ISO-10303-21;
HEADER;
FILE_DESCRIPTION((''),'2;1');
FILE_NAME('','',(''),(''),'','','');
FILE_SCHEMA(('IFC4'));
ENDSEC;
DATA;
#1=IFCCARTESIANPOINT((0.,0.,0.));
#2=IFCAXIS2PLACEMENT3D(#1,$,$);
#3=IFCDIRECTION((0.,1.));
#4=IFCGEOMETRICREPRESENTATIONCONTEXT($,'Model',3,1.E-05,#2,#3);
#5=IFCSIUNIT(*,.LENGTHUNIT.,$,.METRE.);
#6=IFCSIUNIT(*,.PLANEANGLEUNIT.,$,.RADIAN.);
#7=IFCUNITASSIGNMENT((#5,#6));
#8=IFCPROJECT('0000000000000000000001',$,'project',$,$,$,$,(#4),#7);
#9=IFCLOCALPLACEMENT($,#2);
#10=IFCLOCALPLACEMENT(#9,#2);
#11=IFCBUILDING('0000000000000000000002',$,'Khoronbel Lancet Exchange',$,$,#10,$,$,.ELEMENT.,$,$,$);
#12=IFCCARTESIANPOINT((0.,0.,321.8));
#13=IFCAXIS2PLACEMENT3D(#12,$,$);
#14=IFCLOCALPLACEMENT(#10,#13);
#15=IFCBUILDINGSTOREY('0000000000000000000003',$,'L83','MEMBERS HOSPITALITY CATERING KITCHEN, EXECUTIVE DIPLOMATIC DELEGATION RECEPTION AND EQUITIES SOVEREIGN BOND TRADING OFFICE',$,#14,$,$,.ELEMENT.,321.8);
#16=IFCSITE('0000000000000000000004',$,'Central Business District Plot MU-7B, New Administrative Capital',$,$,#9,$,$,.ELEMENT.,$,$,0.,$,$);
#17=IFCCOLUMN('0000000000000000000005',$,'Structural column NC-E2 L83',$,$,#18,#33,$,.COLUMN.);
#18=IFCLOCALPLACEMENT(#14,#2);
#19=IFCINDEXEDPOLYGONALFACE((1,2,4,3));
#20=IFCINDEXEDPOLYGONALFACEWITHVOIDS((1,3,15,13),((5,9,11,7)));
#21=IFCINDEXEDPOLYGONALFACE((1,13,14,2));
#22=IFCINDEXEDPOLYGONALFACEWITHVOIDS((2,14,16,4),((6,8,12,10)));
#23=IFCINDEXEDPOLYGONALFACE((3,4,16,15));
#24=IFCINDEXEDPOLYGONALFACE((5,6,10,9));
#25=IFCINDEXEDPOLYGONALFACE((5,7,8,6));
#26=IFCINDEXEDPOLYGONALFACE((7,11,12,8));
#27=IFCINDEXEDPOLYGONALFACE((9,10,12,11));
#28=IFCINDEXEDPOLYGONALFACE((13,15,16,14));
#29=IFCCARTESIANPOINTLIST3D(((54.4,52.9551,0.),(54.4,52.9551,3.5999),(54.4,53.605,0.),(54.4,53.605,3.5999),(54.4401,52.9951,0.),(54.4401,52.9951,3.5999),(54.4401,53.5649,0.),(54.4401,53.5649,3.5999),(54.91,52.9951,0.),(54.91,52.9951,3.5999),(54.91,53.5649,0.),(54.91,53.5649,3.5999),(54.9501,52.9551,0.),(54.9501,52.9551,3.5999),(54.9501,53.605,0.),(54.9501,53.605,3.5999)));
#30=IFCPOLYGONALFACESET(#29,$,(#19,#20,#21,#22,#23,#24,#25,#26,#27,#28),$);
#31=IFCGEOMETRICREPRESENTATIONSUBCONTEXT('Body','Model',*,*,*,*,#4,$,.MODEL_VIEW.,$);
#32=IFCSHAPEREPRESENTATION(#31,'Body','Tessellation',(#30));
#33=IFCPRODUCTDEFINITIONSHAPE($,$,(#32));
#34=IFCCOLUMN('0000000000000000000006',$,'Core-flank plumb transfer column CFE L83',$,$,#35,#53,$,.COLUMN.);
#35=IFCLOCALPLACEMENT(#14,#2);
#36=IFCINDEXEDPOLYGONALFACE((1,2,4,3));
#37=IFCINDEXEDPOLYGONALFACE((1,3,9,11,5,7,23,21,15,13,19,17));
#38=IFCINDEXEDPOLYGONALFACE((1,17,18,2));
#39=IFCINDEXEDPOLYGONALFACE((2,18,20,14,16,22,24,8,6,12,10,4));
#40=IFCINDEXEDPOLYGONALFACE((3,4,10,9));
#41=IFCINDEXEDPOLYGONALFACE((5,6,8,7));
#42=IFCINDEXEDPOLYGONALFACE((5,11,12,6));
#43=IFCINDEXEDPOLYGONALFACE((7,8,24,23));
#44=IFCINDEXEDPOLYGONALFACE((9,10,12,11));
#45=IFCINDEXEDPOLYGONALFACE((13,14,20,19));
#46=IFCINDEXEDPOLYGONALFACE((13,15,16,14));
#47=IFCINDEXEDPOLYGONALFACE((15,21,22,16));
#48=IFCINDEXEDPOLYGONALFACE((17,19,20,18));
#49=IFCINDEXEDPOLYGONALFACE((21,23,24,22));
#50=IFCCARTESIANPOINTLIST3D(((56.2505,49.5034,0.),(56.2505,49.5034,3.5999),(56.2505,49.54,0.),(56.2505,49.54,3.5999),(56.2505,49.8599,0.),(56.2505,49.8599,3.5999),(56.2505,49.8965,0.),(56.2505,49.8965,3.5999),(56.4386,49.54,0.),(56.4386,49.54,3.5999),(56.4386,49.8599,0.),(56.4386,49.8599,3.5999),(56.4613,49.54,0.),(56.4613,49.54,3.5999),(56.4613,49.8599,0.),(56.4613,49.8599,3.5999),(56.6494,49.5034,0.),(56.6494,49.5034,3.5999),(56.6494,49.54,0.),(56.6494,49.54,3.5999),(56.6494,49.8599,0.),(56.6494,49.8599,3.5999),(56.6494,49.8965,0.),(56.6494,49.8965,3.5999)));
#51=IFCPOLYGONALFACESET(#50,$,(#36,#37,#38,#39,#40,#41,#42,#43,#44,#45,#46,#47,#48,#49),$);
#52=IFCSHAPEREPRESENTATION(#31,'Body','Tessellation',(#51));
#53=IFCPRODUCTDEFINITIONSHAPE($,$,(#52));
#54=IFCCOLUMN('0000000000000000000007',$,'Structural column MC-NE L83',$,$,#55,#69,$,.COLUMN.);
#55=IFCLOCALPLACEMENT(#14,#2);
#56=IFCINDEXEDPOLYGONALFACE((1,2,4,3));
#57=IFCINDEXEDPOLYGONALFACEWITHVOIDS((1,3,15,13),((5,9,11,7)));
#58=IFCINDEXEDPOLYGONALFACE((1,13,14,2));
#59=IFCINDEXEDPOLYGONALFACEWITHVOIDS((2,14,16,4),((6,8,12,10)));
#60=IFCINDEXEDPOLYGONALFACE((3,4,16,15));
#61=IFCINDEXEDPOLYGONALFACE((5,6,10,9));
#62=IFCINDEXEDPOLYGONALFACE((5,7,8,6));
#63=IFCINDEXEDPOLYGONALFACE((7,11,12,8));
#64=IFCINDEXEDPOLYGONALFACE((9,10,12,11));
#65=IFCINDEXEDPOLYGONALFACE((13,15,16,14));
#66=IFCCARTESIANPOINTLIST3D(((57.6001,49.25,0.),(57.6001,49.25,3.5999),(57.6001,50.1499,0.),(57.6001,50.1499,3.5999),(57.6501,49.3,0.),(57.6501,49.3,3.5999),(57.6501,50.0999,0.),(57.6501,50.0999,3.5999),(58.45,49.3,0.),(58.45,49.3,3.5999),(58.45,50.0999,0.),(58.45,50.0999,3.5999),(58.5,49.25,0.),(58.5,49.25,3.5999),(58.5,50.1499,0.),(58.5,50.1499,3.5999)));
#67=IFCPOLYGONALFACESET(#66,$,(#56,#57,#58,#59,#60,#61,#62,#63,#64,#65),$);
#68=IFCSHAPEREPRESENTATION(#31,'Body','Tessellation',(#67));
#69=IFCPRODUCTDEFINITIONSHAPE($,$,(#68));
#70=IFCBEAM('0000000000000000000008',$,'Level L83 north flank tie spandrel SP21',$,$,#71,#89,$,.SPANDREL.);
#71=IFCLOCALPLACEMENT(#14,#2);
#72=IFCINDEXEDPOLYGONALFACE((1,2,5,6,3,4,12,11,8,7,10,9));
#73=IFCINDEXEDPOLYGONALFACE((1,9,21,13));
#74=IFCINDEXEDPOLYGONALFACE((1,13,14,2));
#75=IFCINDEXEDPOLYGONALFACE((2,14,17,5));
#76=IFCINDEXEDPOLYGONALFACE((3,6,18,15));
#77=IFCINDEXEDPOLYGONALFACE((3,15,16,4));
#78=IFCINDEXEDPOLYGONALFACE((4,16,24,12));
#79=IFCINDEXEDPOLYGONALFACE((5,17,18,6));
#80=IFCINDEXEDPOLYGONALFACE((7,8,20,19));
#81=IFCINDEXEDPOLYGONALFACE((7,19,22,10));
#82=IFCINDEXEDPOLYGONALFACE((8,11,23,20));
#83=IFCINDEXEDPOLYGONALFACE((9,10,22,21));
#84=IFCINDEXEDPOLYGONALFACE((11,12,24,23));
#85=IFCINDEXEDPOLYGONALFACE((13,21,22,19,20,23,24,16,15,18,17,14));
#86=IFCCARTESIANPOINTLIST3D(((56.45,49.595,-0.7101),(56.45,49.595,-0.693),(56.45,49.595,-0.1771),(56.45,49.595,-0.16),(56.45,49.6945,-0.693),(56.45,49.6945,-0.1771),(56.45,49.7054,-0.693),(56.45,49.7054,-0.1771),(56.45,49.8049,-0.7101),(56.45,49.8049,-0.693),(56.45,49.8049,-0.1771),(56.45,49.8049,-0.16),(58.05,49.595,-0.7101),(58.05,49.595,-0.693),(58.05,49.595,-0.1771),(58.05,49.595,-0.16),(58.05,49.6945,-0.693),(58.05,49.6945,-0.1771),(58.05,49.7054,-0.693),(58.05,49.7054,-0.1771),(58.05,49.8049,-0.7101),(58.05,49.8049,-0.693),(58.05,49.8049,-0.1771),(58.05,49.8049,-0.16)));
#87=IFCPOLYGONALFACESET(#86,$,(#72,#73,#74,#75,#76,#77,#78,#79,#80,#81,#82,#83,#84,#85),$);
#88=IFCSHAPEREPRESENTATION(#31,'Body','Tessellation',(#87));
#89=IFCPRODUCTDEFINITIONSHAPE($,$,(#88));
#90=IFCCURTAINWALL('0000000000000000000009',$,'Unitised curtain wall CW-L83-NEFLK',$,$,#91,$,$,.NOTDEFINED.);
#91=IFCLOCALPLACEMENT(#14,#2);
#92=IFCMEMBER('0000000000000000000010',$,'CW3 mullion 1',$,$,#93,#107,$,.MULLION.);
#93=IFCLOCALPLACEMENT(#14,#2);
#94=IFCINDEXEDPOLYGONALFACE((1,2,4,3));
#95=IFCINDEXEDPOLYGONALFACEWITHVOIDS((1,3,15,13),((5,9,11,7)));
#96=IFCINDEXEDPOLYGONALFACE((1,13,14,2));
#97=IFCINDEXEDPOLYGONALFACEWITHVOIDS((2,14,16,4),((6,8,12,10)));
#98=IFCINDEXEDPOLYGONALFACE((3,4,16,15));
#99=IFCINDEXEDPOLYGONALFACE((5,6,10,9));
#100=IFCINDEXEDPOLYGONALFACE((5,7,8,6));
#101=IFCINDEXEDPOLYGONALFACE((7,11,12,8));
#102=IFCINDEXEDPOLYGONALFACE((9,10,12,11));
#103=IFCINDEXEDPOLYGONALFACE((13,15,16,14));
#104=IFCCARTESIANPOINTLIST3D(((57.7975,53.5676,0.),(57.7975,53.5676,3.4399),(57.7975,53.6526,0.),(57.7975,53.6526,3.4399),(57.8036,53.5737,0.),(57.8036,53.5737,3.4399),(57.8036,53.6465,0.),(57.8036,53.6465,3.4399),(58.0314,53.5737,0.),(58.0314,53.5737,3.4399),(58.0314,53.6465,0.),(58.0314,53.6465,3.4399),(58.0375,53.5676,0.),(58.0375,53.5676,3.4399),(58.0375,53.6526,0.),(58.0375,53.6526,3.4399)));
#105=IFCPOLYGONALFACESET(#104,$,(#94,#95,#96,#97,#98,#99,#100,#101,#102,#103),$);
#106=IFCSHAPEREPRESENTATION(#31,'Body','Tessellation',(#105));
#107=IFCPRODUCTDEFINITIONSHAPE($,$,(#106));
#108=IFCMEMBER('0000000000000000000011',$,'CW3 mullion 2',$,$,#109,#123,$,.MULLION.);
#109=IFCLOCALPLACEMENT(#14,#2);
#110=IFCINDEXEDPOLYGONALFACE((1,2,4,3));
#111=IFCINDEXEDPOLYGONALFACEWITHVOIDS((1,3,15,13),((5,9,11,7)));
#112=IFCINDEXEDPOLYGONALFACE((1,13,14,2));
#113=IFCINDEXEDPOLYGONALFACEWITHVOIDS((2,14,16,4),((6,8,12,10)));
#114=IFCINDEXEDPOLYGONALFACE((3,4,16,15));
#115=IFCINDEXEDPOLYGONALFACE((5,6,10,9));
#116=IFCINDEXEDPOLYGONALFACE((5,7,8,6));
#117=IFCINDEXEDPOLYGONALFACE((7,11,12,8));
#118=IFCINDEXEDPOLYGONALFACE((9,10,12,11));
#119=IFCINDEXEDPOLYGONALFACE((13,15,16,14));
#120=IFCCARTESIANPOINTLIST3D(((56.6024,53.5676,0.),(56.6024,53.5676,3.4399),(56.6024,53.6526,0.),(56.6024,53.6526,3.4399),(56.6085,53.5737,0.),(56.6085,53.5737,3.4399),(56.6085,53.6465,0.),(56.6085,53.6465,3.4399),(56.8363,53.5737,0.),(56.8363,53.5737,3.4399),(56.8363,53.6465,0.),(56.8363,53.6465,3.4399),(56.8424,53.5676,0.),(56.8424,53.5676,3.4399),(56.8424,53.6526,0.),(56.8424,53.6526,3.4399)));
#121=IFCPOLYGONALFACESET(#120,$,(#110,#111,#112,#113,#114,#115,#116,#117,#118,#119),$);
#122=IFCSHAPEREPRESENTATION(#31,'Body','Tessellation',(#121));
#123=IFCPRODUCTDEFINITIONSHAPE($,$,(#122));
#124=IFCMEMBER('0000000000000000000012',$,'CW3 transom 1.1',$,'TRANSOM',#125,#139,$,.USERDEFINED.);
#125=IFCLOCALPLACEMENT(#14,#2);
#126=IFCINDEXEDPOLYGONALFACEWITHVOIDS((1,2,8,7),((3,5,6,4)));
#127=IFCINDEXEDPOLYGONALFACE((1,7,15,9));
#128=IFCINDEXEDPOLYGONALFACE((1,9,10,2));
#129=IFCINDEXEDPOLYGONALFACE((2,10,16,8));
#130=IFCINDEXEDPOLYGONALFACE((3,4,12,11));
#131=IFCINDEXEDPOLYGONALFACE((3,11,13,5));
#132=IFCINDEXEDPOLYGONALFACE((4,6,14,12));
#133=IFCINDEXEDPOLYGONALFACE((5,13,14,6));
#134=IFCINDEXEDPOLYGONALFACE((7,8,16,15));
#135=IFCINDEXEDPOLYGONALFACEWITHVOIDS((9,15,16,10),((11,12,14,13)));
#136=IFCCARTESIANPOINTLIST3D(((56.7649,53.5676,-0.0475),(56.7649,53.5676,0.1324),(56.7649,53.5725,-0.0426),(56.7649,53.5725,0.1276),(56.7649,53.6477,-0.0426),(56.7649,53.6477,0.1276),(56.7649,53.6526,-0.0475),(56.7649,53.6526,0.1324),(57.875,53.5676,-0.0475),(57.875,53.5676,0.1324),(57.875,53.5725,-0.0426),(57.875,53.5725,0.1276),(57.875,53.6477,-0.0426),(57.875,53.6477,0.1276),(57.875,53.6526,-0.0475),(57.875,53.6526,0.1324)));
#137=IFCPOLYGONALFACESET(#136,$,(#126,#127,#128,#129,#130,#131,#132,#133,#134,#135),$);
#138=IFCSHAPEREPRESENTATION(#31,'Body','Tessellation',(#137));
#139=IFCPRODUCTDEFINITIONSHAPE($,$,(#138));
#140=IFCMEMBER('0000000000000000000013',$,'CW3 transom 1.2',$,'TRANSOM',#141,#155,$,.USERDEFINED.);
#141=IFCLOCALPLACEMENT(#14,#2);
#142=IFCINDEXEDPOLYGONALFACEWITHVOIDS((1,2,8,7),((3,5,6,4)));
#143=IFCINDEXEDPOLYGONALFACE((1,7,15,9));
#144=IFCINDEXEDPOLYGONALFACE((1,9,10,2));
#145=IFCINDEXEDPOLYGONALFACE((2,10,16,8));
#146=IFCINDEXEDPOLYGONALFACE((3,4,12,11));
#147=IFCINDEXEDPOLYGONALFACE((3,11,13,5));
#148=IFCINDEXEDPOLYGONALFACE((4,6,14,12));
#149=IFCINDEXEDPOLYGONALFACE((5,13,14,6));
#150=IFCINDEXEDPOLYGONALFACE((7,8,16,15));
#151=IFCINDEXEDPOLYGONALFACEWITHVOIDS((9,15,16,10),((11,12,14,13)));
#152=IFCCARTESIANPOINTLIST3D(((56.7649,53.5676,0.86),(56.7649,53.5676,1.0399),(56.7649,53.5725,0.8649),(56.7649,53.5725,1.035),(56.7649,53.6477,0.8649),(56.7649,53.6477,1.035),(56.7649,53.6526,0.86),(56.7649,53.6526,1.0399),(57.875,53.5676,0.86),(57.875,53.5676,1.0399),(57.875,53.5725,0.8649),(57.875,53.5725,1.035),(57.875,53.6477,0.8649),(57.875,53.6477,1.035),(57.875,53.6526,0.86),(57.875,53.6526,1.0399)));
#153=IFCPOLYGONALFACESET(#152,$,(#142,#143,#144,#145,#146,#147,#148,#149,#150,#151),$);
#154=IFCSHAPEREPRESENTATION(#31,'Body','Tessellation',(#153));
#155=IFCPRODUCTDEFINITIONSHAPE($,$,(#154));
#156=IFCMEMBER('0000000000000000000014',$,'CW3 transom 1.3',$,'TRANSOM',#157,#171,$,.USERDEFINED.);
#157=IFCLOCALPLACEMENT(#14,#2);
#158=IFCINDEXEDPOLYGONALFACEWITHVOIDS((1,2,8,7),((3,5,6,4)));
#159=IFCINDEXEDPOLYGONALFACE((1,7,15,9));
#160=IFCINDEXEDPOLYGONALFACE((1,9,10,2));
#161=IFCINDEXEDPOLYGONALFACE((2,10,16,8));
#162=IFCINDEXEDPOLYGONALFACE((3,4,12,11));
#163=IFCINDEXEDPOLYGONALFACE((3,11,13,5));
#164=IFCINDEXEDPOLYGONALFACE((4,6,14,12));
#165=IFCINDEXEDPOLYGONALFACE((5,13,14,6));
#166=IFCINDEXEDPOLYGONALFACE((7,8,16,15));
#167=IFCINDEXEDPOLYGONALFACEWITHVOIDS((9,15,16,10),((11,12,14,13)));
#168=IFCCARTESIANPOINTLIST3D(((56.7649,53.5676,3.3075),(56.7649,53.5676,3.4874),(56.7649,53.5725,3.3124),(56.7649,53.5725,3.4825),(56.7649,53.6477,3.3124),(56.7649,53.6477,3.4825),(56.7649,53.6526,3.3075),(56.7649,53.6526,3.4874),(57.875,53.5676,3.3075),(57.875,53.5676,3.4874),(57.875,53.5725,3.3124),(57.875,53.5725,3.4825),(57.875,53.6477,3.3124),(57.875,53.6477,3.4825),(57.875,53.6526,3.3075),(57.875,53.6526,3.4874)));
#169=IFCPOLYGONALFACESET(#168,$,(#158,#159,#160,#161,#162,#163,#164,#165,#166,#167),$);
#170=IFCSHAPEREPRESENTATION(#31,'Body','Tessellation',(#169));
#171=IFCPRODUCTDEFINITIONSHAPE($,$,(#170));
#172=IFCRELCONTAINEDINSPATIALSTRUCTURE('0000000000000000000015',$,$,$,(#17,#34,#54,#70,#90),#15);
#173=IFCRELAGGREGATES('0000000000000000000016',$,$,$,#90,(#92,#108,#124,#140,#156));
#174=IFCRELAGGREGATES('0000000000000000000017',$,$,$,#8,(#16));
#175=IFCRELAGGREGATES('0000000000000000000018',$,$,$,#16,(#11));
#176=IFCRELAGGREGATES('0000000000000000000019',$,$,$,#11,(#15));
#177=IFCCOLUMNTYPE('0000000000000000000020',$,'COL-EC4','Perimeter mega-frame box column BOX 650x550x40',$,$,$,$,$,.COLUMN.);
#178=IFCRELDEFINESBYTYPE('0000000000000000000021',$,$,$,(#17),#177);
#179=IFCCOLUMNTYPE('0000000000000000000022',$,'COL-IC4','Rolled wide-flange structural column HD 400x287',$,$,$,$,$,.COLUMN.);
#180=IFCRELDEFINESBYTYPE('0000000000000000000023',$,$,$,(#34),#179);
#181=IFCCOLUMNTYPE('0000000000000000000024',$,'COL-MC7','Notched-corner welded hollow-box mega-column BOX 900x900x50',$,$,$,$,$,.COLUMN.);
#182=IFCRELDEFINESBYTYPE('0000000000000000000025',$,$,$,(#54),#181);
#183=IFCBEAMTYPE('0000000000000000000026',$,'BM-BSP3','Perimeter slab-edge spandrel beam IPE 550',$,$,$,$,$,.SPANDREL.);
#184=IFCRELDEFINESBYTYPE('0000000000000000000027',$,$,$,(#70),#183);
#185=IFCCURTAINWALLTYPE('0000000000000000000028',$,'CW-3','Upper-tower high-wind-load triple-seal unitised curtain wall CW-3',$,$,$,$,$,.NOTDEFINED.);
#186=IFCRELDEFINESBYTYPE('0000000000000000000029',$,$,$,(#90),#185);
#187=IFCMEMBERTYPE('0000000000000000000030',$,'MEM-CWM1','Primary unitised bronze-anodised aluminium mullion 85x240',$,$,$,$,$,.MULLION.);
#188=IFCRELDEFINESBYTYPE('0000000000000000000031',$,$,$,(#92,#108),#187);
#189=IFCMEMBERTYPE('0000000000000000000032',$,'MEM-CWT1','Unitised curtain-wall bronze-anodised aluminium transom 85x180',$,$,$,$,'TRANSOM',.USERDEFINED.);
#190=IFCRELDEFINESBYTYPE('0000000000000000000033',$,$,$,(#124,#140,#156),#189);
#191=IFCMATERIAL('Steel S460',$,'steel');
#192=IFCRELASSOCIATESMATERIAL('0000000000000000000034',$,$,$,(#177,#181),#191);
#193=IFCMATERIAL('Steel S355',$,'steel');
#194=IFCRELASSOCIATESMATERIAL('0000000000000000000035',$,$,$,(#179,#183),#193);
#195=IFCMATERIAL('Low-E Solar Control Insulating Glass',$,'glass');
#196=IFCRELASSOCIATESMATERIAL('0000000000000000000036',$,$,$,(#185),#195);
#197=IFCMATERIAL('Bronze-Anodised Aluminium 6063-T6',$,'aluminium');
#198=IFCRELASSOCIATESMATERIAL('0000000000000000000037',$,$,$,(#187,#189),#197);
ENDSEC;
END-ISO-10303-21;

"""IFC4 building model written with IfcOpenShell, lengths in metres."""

from ifc_helpers import new_model, si_unit, direction, frame, origin, origin_2d, place, context, subcontext, project, spatial, hollow_rectangle, i_section, extrude, material, material_profile, profile_set, type_object, element, aggregate, save


model = new_model("IFC4")

# Units and contexts
model_context = context("Model", 3, precision=1e-05, world=origin(), true_north=direction((0.0, 1.0)))
body_context = subcontext(model_context, "Body", "Model", "MODEL_VIEW")
ifc_project = project(units=[si_unit("LENGTHUNIT", "METRE"), si_unit("PLANEANGLEUNIT", "RADIAN")], contexts=[model_context])

# Site, building, storey
site_placement = place(None, origin())
site = spatial("IfcSite", under=ifc_project, at=site_placement, Name="Central Business District Plot MU-7B, New Administrative Capital", CompositionType="ELEMENT", RefElevation=0.0)
building_placement = place(site_placement, origin())
building = spatial("IfcBuilding", under=site, at=building_placement, Name="Khoronbel Lancet Exchange", CompositionType="ELEMENT")
storey_placement = place(building_placement, frame((0.0, 0.0, 321.8)))
storey = spatial("IfcBuildingStorey", under=building, at=storey_placement, Name="L83", Description="MEMBERS HOSPITALITY CATERING KITCHEN, EXECUTIVE DIPLOMATIC DELEGATION RECEPTION AND EQUITIES SOVEREIGN BOND TRADING OFFICE", CompositionType="ELEMENT", Elevation=321.8)

# Columns
ifc_material_1 = material(Name="Steel S460", Category="steel")
ifc_material_profile_1 = material_profile(ifc_material_1, hollow_rectangle(XDim=0.55, YDim=0.6499, WallThickness=0.04, at=origin_2d()), Name="BOX 650x550x40")
ifc_profile_set_1 = profile_set([ifc_material_profile_1], Name="Steel S460")
column_type_1 = type_object("IfcColumnType", Name="COL-EC4", Description="Perimeter mega-frame box column BOX 650x550x40", PredefinedType="COLUMN", material=ifc_profile_set_1)
column_1_placement = place(storey_placement, frame((54.675, 53.28, 0.0), z_axis=(0.0, 0.0, 1.0), x_axis=(1.0, 0.0, 0.0)))
element("IfcColumn", 1, at=column_1_placement, inside=storey, type_object=column_type_1, Name="Structural column NC-E2 L83", PredefinedType="COLUMN", context=body_context, shape_type="SweptSolid", body=[
    extrude(hollow_rectangle(XDim=0.55, YDim=0.6499, WallThickness=0.04, at=origin_2d()), origin(), (0.0, 0.0, 1.0), 3.5999),
])
ifc_material_2 = material(Name="Steel S355", Category="steel")
ifc_material_profile_2 = material_profile(ifc_material_2, i_section(OverallWidth=0.3989, OverallDepth=0.3931, WebThickness=0.0227, FlangeThickness=0.0366, at=origin_2d()), Name="HD 400x287")
ifc_profile_set_2 = profile_set([ifc_material_profile_2], Name="Steel S355")
column_type_2 = type_object("IfcColumnType", Name="COL-IC4", Description="Rolled wide-flange structural column HD 400x287", PredefinedType="COLUMN", material=ifc_profile_set_2)
column_2_placement = place(storey_placement, frame((56.45, 49.7, 0.0), z_axis=(0.0, 0.0, 1.0), x_axis=(1.0, 0.0, 0.0)))
element("IfcColumn", 2, at=column_2_placement, inside=storey, type_object=column_type_2, Name="Core-flank plumb transfer column CFE L83", PredefinedType="COLUMN", context=body_context, shape_type="SweptSolid", body=[
    extrude(i_section(OverallWidth=0.3989, OverallDepth=0.3931, WebThickness=0.0227, FlangeThickness=0.0366, at=origin_2d()), origin(), (0.0, 0.0, 1.0), 3.5999),
])
ifc_material_profile_3 = material_profile(ifc_material_1, hollow_rectangle(XDim=0.8999, YDim=0.8999, WallThickness=0.05, at=origin_2d()), Name="BOX 900x900x50")
ifc_profile_set_3 = profile_set([ifc_material_profile_3], Name="Steel S460")
column_type_3 = type_object("IfcColumnType", Name="COL-MC7", Description="Notched-corner welded hollow-box mega-column BOX 900x900x50", PredefinedType="COLUMN", material=ifc_profile_set_3)
column_3_placement = place(storey_placement, frame((58.05, 49.7, 0.0), z_axis=(0.0, 0.0, 1.0), x_axis=(1.0, 0.0, 0.0)))
element("IfcColumn", 3, at=column_3_placement, inside=storey, type_object=column_type_3, Name="Structural column MC-NE L83", PredefinedType="COLUMN", context=body_context, shape_type="SweptSolid", body=[
    extrude(hollow_rectangle(XDim=0.8999, YDim=0.8999, WallThickness=0.05, at=origin_2d()), origin(), (0.0, 0.0, 1.0), 3.5999),
])

# Beam
ifc_material_profile_4 = material_profile(ifc_material_2, i_section(OverallWidth=0.21, OverallDepth=0.55, WebThickness=0.011, FlangeThickness=0.0171, at=origin_2d()), Name="IPE 550")
ifc_profile_set_4 = profile_set([ifc_material_profile_4], Name="Steel S355")
beam_type = type_object("IfcBeamType", Name="BM-BSP3", Description="Perimeter slab-edge spandrel beam IPE 550", PredefinedType="SPANDREL", material=ifc_profile_set_4)
beam_placement = place(storey_placement, frame((58.05, 49.7, -0.4351), z_axis=(-1.0, 0.0, 0.0), x_axis=(0.0, -1.0, 0.0)))
element("IfcBeam", 4, at=beam_placement, inside=storey, type_object=beam_type, Name="Level L83 north flank tie spandrel SP21", PredefinedType="SPANDREL", context=body_context, shape_type="SweptSolid", body=[
    extrude(i_section(OverallWidth=0.21, OverallDepth=0.55, WebThickness=0.011, FlangeThickness=0.0171, at=origin_2d()), origin(), (0.0, 0.0, 1.0), 1.6001),
])

# Curtain wall, members
ifc_material_3 = material(Name="Low-E Solar Control Insulating Glass", Category="glass")
curtain_wall_type = type_object("IfcCurtainWallType", Name="CW-3", Description="Upper-tower high-wind-load triple-seal unitised curtain wall CW-3", PredefinedType="NOTDEFINED", material=ifc_material_3)
curtain_wall_placement = place(storey_placement, origin())
curtain_wall = element("IfcCurtainWall", 5, at=curtain_wall_placement, inside=storey, type_object=curtain_wall_type, Name="Unitised curtain wall CW-L83-NEFLK", PredefinedType="NOTDEFINED")
ifc_material_4 = material(Name="Bronze-Anodised Aluminium 6063-T6", Category="aluminium")
ifc_material_profile_5 = material_profile(ifc_material_4, hollow_rectangle(XDim=0.085, YDim=0.24, WallThickness=0.0061, at=origin_2d()), Name="ALU MULLION 85x240")
ifc_profile_set_5 = profile_set([ifc_material_profile_5], Name="Bronze-Anodised Aluminium 6063-T6")
member_type_1 = type_object("IfcMemberType", Name="MEM-CWM1", Description="Primary unitised bronze-anodised aluminium mullion 85x240", PredefinedType="MULLION", material=ifc_profile_set_5)
member_1_placement = place(storey_placement, frame((57.9175, 53.6101, 0.0), z_axis=(0.0, 0.0, 1.0), x_axis=(0.0, -1.0, 0.0)))
member_1 = element("IfcMember", 6, at=member_1_placement, type_object=member_type_1, Name="CW3 mullion 1", PredefinedType="MULLION", context=body_context, shape_type="SweptSolid", body=[
    extrude(hollow_rectangle(XDim=0.085, YDim=0.24, WallThickness=0.0061, at=origin_2d()), origin(), (0.0, 0.0, 1.0), 3.4399),
])
member_2_placement = place(storey_placement, frame((56.7224, 53.6101, 0.0), z_axis=(0.0, 0.0, 1.0), x_axis=(0.0, -1.0, 0.0)))
member_2 = element("IfcMember", 7, at=member_2_placement, type_object=member_type_1, Name="CW3 mullion 2", PredefinedType="MULLION", context=body_context, shape_type="SweptSolid", body=[
    extrude(hollow_rectangle(XDim=0.085, YDim=0.24, WallThickness=0.0061, at=origin_2d()), origin(), (0.0, 0.0, 1.0), 3.4399),
])
ifc_material_profile_6 = material_profile(ifc_material_4, hollow_rectangle(XDim=0.085, YDim=0.1799, WallThickness=0.0049, at=origin_2d()), Name="ALU TRANSOM 85x180")
ifc_profile_set_6 = profile_set([ifc_material_profile_6], Name="Bronze-Anodised Aluminium 6063-T6")
member_type_2 = type_object("IfcMemberType", Name="MEM-CWT1", Description="Unitised curtain-wall bronze-anodised aluminium transom 85x180", ElementType="TRANSOM", PredefinedType="USERDEFINED", material=ifc_profile_set_6)
member_3_placement = place(storey_placement, frame((57.875, 53.6101, 0.0425), z_axis=(-1.0, 0.0, 0.0), x_axis=(0.0, -1.0, 0.0)))
member_3 = element("IfcMember", 8, at=member_3_placement, type_object=member_type_2, Name="CW3 transom 1.1", ObjectType="TRANSOM", PredefinedType="USERDEFINED", context=body_context, shape_type="SweptSolid", body=[
    extrude(hollow_rectangle(XDim=0.085, YDim=0.1799, WallThickness=0.0049, at=origin_2d()), origin(), (0.0, 0.0, 1.0), 1.1101),
])
member_4_placement = place(storey_placement, frame((57.875, 53.6101, 0.95), z_axis=(-1.0, 0.0, 0.0), x_axis=(0.0, -1.0, 0.0)))
member_4 = element("IfcMember", 9, at=member_4_placement, type_object=member_type_2, Name="CW3 transom 1.2", ObjectType="TRANSOM", PredefinedType="USERDEFINED", context=body_context, shape_type="SweptSolid", body=[
    extrude(hollow_rectangle(XDim=0.085, YDim=0.1799, WallThickness=0.0049, at=origin_2d()), origin(), (0.0, 0.0, 1.0), 1.1101),
])
member_5_placement = place(storey_placement, frame((57.875, 53.6101, 3.3975), z_axis=(-1.0, 0.0, 0.0), x_axis=(0.0, -1.0, 0.0)))
member_5 = element("IfcMember", 10, at=member_5_placement, type_object=member_type_2, Name="CW3 transom 1.3", ObjectType="TRANSOM", PredefinedType="USERDEFINED", context=body_context, shape_type="SweptSolid", body=[
    extrude(hollow_rectangle(XDim=0.085, YDim=0.1799, WallThickness=0.0049, at=origin_2d()), origin(), (0.0, 0.0, 1.0), 1.1101),
])
aggregate(curtain_wall, [member_1, member_2, member_3, member_4, member_5])

save(model, "model.ifc")
